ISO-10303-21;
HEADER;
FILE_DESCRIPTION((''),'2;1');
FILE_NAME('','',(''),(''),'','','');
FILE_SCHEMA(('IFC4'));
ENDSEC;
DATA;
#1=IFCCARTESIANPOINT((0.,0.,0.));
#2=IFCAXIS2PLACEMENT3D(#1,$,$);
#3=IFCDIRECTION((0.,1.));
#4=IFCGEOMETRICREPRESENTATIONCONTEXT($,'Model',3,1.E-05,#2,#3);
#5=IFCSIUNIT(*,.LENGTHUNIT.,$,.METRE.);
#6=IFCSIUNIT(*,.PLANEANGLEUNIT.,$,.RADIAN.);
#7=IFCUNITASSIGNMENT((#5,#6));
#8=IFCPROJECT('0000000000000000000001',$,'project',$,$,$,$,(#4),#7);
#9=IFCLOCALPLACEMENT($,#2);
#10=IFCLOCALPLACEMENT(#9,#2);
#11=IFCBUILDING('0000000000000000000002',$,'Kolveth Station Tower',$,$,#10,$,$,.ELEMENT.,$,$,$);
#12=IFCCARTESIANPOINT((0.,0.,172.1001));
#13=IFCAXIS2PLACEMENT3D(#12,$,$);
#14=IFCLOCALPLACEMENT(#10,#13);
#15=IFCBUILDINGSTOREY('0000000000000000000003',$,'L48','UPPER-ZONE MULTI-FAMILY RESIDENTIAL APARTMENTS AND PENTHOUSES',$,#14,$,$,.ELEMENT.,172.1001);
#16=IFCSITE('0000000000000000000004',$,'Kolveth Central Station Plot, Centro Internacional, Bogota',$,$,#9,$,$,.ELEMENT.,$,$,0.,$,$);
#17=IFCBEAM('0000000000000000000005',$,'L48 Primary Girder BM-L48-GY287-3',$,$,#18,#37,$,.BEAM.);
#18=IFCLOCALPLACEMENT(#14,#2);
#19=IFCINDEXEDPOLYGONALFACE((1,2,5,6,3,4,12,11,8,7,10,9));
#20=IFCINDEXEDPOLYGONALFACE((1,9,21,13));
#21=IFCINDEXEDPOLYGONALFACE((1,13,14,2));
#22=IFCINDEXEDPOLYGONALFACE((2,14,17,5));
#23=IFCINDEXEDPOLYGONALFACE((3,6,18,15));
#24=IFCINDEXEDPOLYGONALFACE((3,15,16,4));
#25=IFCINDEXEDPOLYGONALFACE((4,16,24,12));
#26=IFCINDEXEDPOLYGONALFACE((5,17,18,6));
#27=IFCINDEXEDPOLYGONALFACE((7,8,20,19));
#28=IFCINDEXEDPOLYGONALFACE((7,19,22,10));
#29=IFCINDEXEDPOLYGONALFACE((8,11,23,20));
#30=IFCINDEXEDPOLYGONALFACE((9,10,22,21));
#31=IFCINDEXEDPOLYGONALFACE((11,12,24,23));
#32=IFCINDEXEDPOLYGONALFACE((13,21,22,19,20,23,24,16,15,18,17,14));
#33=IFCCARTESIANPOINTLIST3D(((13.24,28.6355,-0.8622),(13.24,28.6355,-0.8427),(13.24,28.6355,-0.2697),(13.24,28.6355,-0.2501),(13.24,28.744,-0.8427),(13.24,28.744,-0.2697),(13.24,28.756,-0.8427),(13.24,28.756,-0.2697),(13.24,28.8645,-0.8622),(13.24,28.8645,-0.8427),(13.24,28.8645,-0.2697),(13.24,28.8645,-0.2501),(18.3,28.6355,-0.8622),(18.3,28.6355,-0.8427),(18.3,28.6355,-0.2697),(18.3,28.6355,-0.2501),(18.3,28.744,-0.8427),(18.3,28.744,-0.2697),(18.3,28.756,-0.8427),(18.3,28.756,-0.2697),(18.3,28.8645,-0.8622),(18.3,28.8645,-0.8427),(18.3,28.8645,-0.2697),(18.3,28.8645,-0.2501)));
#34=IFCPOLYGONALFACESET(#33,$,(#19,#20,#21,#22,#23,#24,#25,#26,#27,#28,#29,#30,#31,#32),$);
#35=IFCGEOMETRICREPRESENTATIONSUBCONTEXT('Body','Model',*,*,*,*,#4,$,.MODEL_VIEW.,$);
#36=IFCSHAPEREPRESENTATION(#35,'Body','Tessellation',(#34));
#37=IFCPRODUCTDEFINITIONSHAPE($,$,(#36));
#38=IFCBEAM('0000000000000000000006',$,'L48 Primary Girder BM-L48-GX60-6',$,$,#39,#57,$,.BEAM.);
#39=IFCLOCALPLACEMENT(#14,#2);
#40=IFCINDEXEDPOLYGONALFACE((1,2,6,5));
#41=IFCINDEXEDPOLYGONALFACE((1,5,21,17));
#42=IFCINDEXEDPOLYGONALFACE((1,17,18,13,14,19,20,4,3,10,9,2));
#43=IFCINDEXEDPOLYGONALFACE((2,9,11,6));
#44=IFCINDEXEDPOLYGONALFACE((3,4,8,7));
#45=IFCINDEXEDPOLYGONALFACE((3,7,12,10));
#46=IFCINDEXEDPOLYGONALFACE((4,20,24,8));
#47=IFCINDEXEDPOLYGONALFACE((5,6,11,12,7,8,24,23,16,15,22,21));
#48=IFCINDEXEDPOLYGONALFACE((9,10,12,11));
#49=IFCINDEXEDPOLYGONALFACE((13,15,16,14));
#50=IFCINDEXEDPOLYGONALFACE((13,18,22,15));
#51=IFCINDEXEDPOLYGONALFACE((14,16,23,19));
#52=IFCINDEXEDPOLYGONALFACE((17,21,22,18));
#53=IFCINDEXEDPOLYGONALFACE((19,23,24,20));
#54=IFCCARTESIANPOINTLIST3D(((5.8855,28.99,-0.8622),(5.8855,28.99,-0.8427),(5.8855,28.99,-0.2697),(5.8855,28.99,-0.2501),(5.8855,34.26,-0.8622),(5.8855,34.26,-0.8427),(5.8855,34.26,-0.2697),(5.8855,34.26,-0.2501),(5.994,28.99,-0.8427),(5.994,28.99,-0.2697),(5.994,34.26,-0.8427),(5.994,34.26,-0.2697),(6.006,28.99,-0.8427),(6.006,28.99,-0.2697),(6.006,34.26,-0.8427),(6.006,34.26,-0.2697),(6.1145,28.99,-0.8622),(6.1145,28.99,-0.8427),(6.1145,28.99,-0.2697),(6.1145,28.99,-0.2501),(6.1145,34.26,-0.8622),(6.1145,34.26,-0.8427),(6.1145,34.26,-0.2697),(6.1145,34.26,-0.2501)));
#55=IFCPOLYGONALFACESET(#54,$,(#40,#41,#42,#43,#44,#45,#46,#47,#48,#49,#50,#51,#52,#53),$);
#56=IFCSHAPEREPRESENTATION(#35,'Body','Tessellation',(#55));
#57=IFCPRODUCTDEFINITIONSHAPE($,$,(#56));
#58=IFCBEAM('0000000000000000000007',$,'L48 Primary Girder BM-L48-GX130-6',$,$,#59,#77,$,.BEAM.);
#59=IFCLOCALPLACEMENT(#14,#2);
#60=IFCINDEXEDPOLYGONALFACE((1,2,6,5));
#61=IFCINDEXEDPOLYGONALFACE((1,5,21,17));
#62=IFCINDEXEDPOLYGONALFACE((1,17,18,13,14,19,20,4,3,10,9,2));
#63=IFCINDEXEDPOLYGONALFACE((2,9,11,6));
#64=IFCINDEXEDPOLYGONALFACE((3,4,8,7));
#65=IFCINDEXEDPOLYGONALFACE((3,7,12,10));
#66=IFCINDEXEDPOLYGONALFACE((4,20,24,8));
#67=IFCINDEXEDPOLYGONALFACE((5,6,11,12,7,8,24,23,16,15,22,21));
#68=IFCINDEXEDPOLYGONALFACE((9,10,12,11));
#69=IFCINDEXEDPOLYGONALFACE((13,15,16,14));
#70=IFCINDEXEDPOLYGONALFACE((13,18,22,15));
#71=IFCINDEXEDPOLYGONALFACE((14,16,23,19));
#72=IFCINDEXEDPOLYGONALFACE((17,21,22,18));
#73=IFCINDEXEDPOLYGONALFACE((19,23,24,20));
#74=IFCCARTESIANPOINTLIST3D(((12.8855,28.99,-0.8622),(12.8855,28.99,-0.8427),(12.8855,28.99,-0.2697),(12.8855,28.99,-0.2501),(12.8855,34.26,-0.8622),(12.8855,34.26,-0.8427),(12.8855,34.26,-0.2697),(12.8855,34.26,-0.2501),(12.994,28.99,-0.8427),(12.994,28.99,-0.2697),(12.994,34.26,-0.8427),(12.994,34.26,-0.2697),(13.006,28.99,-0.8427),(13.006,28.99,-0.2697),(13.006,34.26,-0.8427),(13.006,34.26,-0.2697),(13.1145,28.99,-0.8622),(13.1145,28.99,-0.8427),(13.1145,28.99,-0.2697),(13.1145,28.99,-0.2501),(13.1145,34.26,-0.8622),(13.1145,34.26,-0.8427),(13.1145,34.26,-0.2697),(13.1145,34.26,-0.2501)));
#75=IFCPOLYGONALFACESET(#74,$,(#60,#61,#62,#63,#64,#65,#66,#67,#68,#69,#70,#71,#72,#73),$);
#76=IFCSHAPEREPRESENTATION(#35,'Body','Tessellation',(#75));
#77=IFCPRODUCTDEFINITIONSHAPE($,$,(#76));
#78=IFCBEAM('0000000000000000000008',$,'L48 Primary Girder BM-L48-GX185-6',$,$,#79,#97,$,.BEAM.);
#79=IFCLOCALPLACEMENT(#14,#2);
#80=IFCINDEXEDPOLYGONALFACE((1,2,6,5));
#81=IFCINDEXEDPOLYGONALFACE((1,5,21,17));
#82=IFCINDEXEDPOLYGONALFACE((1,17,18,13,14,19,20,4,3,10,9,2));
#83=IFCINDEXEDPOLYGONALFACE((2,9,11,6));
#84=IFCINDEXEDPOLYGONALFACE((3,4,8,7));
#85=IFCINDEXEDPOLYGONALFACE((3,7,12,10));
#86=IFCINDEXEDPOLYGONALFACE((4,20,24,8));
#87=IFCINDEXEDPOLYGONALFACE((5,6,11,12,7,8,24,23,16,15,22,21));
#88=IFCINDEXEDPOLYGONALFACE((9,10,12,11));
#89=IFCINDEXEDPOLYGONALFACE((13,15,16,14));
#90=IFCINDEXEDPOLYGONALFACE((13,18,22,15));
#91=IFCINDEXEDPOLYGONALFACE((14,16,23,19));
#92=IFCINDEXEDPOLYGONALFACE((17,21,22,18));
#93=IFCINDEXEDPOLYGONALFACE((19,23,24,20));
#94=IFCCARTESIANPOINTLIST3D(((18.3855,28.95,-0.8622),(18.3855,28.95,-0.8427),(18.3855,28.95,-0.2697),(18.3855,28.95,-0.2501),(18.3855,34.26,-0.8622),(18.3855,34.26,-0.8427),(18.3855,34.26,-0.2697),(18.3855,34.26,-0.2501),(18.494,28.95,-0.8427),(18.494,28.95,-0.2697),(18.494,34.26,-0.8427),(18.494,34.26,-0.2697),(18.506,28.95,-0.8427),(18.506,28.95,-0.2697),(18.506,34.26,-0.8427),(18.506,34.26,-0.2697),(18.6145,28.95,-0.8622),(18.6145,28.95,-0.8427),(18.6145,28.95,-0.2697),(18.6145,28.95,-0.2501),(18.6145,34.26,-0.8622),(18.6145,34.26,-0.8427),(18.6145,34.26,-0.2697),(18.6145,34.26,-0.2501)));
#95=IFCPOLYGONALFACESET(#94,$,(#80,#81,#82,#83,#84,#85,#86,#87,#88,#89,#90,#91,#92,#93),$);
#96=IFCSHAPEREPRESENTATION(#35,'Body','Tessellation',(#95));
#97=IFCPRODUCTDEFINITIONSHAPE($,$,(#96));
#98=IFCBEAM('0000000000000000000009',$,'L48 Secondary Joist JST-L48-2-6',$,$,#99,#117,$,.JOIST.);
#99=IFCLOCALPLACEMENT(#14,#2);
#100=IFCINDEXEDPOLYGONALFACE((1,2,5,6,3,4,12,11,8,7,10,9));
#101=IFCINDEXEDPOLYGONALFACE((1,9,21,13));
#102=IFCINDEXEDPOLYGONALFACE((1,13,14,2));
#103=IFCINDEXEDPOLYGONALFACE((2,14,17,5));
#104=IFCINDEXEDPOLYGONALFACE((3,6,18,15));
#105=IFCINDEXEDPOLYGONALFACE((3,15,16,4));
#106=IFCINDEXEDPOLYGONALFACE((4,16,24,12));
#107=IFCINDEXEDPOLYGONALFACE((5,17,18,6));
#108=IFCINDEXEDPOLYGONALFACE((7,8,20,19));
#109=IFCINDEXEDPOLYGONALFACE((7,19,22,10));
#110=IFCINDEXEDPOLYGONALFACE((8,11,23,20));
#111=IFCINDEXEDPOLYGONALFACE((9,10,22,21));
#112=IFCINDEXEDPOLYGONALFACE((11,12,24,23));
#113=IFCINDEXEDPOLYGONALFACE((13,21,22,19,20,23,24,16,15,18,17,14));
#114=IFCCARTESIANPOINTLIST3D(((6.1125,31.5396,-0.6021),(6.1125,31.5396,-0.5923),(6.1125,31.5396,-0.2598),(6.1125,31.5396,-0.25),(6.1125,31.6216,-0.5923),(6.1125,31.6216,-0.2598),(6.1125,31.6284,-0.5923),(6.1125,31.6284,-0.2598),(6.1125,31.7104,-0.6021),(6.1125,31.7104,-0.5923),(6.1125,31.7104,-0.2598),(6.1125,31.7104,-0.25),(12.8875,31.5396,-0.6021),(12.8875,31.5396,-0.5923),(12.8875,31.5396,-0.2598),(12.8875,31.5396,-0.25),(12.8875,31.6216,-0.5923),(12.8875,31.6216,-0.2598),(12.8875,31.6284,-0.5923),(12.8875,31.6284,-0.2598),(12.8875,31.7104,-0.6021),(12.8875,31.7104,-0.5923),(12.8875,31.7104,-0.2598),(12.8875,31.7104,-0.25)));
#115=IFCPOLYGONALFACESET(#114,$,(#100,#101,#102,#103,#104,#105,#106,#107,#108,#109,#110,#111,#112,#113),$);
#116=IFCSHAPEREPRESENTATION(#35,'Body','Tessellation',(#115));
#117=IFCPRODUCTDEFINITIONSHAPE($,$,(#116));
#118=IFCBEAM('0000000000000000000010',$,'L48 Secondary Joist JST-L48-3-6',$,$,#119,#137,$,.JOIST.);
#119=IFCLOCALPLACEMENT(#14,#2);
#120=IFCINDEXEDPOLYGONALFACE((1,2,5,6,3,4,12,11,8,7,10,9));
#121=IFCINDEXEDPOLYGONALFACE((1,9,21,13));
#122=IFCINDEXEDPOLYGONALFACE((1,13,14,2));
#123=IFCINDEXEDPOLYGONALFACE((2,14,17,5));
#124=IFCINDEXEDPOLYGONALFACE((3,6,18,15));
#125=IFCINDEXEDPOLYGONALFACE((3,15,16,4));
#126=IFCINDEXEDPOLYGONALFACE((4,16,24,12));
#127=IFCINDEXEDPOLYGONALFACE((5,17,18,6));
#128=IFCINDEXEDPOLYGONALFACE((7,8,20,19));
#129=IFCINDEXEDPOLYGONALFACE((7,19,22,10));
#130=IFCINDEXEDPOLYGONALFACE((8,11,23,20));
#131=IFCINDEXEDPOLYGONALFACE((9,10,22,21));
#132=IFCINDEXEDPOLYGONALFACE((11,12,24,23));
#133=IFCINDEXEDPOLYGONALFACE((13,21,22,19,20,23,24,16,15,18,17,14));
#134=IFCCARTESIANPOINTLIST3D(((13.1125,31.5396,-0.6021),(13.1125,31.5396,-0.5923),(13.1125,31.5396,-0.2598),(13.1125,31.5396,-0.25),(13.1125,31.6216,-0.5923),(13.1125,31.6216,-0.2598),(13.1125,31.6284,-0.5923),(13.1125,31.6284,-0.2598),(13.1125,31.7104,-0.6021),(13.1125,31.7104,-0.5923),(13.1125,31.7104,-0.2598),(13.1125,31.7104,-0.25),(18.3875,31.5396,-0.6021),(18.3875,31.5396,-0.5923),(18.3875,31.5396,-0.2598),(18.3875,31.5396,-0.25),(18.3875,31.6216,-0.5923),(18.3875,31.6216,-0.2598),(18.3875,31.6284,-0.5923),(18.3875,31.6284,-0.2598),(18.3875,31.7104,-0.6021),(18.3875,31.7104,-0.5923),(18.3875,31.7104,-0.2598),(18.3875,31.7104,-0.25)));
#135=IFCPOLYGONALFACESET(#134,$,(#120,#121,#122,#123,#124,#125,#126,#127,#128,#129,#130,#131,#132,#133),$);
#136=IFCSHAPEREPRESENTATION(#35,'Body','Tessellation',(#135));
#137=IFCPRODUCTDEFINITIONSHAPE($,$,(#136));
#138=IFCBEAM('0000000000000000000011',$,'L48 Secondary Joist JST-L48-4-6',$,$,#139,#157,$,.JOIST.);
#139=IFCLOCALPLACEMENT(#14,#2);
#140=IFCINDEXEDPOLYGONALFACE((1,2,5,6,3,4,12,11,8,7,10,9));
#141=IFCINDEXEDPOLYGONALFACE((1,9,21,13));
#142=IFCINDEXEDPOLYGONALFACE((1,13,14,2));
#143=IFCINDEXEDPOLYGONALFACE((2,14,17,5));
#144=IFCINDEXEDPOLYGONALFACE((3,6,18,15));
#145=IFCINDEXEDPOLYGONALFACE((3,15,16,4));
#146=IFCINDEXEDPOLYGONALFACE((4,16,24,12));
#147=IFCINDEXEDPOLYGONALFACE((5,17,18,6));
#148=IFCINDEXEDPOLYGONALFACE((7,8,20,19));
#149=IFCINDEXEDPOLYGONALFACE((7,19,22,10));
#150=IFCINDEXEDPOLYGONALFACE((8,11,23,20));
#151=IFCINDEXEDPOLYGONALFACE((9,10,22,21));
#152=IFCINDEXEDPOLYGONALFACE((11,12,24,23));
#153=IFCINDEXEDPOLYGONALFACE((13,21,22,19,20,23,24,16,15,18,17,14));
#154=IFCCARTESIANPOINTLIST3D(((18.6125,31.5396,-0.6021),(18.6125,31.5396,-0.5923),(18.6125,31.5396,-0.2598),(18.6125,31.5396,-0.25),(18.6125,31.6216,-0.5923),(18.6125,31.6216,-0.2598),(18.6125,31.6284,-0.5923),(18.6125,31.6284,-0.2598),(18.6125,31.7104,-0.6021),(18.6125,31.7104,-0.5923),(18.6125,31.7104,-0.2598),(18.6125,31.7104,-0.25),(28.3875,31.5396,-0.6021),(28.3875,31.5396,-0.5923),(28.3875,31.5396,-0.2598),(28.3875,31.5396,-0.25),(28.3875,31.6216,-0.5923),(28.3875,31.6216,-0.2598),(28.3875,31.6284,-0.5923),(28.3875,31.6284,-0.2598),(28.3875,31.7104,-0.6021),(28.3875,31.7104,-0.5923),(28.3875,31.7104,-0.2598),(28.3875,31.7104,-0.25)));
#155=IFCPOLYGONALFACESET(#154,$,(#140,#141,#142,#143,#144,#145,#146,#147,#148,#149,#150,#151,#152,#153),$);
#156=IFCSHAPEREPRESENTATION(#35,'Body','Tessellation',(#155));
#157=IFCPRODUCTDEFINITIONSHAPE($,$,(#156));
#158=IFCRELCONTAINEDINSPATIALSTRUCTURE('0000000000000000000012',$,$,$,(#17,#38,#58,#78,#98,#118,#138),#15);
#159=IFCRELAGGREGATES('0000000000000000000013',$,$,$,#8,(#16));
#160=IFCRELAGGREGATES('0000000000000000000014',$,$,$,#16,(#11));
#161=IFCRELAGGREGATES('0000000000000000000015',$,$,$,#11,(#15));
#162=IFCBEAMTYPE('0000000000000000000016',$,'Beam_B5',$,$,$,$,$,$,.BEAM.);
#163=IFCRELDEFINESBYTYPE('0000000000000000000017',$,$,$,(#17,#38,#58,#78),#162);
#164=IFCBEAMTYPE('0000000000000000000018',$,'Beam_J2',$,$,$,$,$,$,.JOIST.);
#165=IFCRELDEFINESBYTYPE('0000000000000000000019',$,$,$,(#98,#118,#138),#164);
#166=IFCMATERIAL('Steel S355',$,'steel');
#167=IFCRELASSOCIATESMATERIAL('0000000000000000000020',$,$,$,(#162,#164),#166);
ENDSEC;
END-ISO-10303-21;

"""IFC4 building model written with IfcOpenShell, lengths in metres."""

from ifc_helpers import new_model, si_unit, direction, frame, origin, origin_2d, place, context, subcontext, project, spatial, i_section, extrude, source, transform, mapped, material, material_profile, profile_set, type_object, element, save


model = new_model("IFC4")

# Units and contexts
model_context = context("Model", 3, precision=1e-05, world=origin(), true_north=direction((0.0, 1.0)))
body_context = subcontext(model_context, "Body", "Model", "MODEL_VIEW")
ifc_project = project(units=[si_unit("LENGTHUNIT", "METRE"), si_unit("PLANEANGLEUNIT", "RADIAN")], contexts=[model_context])

# Site, building, storey
site_placement = place(None, origin())
site = spatial("IfcSite", under=ifc_project, at=site_placement, Name="Kolveth Central Station Plot, Centro Internacional, Bogota", CompositionType="ELEMENT", RefElevation=0.0)
building_placement = place(site_placement, origin())
building = spatial("IfcBuilding", under=site, at=building_placement, Name="Kolveth Station Tower", CompositionType="ELEMENT")
storey_placement = place(building_placement, frame((0.0, 0.0, 172.1001)))
storey = spatial("IfcBuildingStorey", under=building, at=storey_placement, Name="L48", Description="UPPER-ZONE MULTI-FAMILY RESIDENTIAL APARTMENTS AND PENTHOUSES", CompositionType="ELEMENT", Elevation=172.1001)

# Shared definitions
ifc_material_1 = material(Name="Steel S355", Category="steel")

# Beams
ifc_material_profile_1 = material_profile(ifc_material_1, i_section(OverallWidth=0.229, OverallDepth=0.6121, WebThickness=0.012, FlangeThickness=0.0195, at=origin_2d()), Name="W610x125")
ifc_profile_set_1 = profile_set([ifc_material_profile_1], Name="Steel S355")
beam_type_1 = type_object("IfcBeamType", Name="Beam_B5", PredefinedType="BEAM", material=ifc_profile_set_1)
shared_shape_1 = source(origin(), body_context, "Body", "SweptSolid", [
    extrude(i_section(OverallWidth=0.229, OverallDepth=0.6121, WebThickness=0.012, FlangeThickness=0.0195, at=origin_2d()), origin(), (0.0, 0.0, 1.0), 5.0601),
])
beam_1_placement = place(storey_placement, frame((13.24, 28.75, -0.5562), z_axis=(1.0, 0.0, 0.0), x_axis=(0.0, 1.0, 0.0)))
element("IfcBeam", 1, at=beam_1_placement, inside=storey, type_object=beam_type_1, Name="L48 Primary Girder BM-L48-GY287-3", PredefinedType="BEAM", context=body_context, shape_type="MappedRepresentation", body=[
    mapped(shared_shape_1, transform((0.0, 0.0, 0.0), x_axis=(1.0, 0.0, 0.0), y_axis=(0.0, 1.0, 0.0), z_axis=(0.0, 0.0, 1.0), scale=1.0)),
])
shared_shape_2 = source(origin(), body_context, "Body", "SweptSolid", [
    extrude(i_section(OverallWidth=0.229, OverallDepth=0.6121, WebThickness=0.012, FlangeThickness=0.0195, at=origin_2d()), origin(), (0.0, 0.0, 1.0), 5.27),
])
for number, where, z_axis, x_axis, name in (
    (2, (6.0, 28.99, -0.5562), (0.0, 1.0, 0.0), (-1.0, 0.0, 0.0), "L48 Primary Girder BM-L48-GX60-6"),
    (3, (13.0, 28.99, -0.5562), (0.0, 1.0, 0.0), (-1.0, 0.0, 0.0), "L48 Primary Girder BM-L48-GX130-6"),
):
    element("IfcBeam", number, at=place(storey_placement, frame(where, z_axis=z_axis, x_axis=x_axis)), inside=storey, type_object=beam_type_1, Name=name, PredefinedType="BEAM", context=body_context, shape_type="MappedRepresentation", body=[
        mapped(shared_shape_2, transform((0.0, 0.0, 0.0), x_axis=(1.0, 0.0, 0.0), y_axis=(0.0, 1.0, 0.0), z_axis=(0.0, 0.0, 1.0), scale=1.0)),
    ])
shared_shape_3 = source(origin(), body_context, "Body", "SweptSolid", [
    extrude(i_section(OverallWidth=0.229, OverallDepth=0.6121, WebThickness=0.012, FlangeThickness=0.0195, at=origin_2d()), origin(), (0.0, 0.0, 1.0), 5.3101),
])
beam_2_placement = place(storey_placement, frame((18.5, 28.95, -0.5562), z_axis=(0.0, 1.0, 0.0), x_axis=(-1.0, 0.0, 0.0)))
element("IfcBeam", 4, at=beam_2_placement, inside=storey, type_object=beam_type_1, Name="L48 Primary Girder BM-L48-GX185-6", PredefinedType="BEAM", context=body_context, shape_type="MappedRepresentation", body=[
    mapped(shared_shape_3, transform((0.0, 0.0, 0.0), x_axis=(1.0, 0.0, 0.0), y_axis=(0.0, 1.0, 0.0), z_axis=(0.0, 0.0, 1.0), scale=1.0)),
])
ifc_material_profile_2 = material_profile(ifc_material_1, i_section(OverallWidth=0.1709, OverallDepth=0.3521, WebThickness=0.0068, FlangeThickness=0.0098, at=origin_2d()), Name="W360x44")
ifc_profile_set_2 = profile_set([ifc_material_profile_2], Name="Steel S355")
beam_type_2 = type_object("IfcBeamType", Name="Beam_J2", PredefinedType="JOIST", material=ifc_profile_set_2)
shared_shape_4 = source(origin(), body_context, "Body", "SweptSolid", [
    extrude(i_section(OverallWidth=0.1709, OverallDepth=0.3521, WebThickness=0.0068, FlangeThickness=0.0098, at=origin_2d()), origin(), (0.0, 0.0, 1.0), 6.7749),
])
beam_3_placement = place(storey_placement, frame((6.1125, 31.625, -0.426), z_axis=(1.0, 0.0, 0.0), x_axis=(0.0, 1.0, 0.0)))
element("IfcBeam", 5, at=beam_3_placement, inside=storey, type_object=beam_type_2, Name="L48 Secondary Joist JST-L48-2-6", PredefinedType="JOIST", context=body_context, shape_type="MappedRepresentation", body=[
    mapped(shared_shape_4, transform((0.0, 0.0, 0.0), x_axis=(1.0, 0.0, 0.0), y_axis=(0.0, 1.0, 0.0), z_axis=(0.0, 0.0, 1.0), scale=1.0)),
])
shared_shape_5 = source(origin(), body_context, "Body", "SweptSolid", [
    extrude(i_section(OverallWidth=0.1709, OverallDepth=0.3521, WebThickness=0.0068, FlangeThickness=0.0098, at=origin_2d()), origin(), (0.0, 0.0, 1.0), 5.2749),
])
beam_4_placement = place(storey_placement, frame((13.1125, 31.625, -0.426), z_axis=(1.0, 0.0, 0.0), x_axis=(0.0, 1.0, 0.0)))
element("IfcBeam", 6, at=beam_4_placement, inside=storey, type_object=beam_type_2, Name="L48 Secondary Joist JST-L48-3-6", PredefinedType="JOIST", context=body_context, shape_type="MappedRepresentation", body=[
    mapped(shared_shape_5, transform((0.0, 0.0, 0.0), x_axis=(1.0, 0.0, 0.0), y_axis=(0.0, 1.0, 0.0), z_axis=(0.0, 0.0, 1.0), scale=1.0)),
])
shared_shape_6 = source(origin(), body_context, "Body", "SweptSolid", [
    extrude(i_section(OverallWidth=0.1709, OverallDepth=0.3521, WebThickness=0.0068, FlangeThickness=0.0098, at=origin_2d()), origin(), (0.0, 0.0, 1.0), 9.7749),
])
beam_5_placement = place(storey_placement, frame((18.6125, 31.625, -0.426), z_axis=(1.0, 0.0, 0.0), x_axis=(0.0, 1.0, 0.0)))
element("IfcBeam", 7, at=beam_5_placement, inside=storey, type_object=beam_type_2, Name="L48 Secondary Joist JST-L48-4-6", PredefinedType="JOIST", context=body_context, shape_type="MappedRepresentation", body=[
    mapped(shared_shape_6, transform((0.0, 0.0, 0.0), x_axis=(1.0, 0.0, 0.0), y_axis=(0.0, 1.0, 0.0), z_axis=(0.0, 0.0, 1.0), scale=1.0)),
])

save(model, "model.ifc")
